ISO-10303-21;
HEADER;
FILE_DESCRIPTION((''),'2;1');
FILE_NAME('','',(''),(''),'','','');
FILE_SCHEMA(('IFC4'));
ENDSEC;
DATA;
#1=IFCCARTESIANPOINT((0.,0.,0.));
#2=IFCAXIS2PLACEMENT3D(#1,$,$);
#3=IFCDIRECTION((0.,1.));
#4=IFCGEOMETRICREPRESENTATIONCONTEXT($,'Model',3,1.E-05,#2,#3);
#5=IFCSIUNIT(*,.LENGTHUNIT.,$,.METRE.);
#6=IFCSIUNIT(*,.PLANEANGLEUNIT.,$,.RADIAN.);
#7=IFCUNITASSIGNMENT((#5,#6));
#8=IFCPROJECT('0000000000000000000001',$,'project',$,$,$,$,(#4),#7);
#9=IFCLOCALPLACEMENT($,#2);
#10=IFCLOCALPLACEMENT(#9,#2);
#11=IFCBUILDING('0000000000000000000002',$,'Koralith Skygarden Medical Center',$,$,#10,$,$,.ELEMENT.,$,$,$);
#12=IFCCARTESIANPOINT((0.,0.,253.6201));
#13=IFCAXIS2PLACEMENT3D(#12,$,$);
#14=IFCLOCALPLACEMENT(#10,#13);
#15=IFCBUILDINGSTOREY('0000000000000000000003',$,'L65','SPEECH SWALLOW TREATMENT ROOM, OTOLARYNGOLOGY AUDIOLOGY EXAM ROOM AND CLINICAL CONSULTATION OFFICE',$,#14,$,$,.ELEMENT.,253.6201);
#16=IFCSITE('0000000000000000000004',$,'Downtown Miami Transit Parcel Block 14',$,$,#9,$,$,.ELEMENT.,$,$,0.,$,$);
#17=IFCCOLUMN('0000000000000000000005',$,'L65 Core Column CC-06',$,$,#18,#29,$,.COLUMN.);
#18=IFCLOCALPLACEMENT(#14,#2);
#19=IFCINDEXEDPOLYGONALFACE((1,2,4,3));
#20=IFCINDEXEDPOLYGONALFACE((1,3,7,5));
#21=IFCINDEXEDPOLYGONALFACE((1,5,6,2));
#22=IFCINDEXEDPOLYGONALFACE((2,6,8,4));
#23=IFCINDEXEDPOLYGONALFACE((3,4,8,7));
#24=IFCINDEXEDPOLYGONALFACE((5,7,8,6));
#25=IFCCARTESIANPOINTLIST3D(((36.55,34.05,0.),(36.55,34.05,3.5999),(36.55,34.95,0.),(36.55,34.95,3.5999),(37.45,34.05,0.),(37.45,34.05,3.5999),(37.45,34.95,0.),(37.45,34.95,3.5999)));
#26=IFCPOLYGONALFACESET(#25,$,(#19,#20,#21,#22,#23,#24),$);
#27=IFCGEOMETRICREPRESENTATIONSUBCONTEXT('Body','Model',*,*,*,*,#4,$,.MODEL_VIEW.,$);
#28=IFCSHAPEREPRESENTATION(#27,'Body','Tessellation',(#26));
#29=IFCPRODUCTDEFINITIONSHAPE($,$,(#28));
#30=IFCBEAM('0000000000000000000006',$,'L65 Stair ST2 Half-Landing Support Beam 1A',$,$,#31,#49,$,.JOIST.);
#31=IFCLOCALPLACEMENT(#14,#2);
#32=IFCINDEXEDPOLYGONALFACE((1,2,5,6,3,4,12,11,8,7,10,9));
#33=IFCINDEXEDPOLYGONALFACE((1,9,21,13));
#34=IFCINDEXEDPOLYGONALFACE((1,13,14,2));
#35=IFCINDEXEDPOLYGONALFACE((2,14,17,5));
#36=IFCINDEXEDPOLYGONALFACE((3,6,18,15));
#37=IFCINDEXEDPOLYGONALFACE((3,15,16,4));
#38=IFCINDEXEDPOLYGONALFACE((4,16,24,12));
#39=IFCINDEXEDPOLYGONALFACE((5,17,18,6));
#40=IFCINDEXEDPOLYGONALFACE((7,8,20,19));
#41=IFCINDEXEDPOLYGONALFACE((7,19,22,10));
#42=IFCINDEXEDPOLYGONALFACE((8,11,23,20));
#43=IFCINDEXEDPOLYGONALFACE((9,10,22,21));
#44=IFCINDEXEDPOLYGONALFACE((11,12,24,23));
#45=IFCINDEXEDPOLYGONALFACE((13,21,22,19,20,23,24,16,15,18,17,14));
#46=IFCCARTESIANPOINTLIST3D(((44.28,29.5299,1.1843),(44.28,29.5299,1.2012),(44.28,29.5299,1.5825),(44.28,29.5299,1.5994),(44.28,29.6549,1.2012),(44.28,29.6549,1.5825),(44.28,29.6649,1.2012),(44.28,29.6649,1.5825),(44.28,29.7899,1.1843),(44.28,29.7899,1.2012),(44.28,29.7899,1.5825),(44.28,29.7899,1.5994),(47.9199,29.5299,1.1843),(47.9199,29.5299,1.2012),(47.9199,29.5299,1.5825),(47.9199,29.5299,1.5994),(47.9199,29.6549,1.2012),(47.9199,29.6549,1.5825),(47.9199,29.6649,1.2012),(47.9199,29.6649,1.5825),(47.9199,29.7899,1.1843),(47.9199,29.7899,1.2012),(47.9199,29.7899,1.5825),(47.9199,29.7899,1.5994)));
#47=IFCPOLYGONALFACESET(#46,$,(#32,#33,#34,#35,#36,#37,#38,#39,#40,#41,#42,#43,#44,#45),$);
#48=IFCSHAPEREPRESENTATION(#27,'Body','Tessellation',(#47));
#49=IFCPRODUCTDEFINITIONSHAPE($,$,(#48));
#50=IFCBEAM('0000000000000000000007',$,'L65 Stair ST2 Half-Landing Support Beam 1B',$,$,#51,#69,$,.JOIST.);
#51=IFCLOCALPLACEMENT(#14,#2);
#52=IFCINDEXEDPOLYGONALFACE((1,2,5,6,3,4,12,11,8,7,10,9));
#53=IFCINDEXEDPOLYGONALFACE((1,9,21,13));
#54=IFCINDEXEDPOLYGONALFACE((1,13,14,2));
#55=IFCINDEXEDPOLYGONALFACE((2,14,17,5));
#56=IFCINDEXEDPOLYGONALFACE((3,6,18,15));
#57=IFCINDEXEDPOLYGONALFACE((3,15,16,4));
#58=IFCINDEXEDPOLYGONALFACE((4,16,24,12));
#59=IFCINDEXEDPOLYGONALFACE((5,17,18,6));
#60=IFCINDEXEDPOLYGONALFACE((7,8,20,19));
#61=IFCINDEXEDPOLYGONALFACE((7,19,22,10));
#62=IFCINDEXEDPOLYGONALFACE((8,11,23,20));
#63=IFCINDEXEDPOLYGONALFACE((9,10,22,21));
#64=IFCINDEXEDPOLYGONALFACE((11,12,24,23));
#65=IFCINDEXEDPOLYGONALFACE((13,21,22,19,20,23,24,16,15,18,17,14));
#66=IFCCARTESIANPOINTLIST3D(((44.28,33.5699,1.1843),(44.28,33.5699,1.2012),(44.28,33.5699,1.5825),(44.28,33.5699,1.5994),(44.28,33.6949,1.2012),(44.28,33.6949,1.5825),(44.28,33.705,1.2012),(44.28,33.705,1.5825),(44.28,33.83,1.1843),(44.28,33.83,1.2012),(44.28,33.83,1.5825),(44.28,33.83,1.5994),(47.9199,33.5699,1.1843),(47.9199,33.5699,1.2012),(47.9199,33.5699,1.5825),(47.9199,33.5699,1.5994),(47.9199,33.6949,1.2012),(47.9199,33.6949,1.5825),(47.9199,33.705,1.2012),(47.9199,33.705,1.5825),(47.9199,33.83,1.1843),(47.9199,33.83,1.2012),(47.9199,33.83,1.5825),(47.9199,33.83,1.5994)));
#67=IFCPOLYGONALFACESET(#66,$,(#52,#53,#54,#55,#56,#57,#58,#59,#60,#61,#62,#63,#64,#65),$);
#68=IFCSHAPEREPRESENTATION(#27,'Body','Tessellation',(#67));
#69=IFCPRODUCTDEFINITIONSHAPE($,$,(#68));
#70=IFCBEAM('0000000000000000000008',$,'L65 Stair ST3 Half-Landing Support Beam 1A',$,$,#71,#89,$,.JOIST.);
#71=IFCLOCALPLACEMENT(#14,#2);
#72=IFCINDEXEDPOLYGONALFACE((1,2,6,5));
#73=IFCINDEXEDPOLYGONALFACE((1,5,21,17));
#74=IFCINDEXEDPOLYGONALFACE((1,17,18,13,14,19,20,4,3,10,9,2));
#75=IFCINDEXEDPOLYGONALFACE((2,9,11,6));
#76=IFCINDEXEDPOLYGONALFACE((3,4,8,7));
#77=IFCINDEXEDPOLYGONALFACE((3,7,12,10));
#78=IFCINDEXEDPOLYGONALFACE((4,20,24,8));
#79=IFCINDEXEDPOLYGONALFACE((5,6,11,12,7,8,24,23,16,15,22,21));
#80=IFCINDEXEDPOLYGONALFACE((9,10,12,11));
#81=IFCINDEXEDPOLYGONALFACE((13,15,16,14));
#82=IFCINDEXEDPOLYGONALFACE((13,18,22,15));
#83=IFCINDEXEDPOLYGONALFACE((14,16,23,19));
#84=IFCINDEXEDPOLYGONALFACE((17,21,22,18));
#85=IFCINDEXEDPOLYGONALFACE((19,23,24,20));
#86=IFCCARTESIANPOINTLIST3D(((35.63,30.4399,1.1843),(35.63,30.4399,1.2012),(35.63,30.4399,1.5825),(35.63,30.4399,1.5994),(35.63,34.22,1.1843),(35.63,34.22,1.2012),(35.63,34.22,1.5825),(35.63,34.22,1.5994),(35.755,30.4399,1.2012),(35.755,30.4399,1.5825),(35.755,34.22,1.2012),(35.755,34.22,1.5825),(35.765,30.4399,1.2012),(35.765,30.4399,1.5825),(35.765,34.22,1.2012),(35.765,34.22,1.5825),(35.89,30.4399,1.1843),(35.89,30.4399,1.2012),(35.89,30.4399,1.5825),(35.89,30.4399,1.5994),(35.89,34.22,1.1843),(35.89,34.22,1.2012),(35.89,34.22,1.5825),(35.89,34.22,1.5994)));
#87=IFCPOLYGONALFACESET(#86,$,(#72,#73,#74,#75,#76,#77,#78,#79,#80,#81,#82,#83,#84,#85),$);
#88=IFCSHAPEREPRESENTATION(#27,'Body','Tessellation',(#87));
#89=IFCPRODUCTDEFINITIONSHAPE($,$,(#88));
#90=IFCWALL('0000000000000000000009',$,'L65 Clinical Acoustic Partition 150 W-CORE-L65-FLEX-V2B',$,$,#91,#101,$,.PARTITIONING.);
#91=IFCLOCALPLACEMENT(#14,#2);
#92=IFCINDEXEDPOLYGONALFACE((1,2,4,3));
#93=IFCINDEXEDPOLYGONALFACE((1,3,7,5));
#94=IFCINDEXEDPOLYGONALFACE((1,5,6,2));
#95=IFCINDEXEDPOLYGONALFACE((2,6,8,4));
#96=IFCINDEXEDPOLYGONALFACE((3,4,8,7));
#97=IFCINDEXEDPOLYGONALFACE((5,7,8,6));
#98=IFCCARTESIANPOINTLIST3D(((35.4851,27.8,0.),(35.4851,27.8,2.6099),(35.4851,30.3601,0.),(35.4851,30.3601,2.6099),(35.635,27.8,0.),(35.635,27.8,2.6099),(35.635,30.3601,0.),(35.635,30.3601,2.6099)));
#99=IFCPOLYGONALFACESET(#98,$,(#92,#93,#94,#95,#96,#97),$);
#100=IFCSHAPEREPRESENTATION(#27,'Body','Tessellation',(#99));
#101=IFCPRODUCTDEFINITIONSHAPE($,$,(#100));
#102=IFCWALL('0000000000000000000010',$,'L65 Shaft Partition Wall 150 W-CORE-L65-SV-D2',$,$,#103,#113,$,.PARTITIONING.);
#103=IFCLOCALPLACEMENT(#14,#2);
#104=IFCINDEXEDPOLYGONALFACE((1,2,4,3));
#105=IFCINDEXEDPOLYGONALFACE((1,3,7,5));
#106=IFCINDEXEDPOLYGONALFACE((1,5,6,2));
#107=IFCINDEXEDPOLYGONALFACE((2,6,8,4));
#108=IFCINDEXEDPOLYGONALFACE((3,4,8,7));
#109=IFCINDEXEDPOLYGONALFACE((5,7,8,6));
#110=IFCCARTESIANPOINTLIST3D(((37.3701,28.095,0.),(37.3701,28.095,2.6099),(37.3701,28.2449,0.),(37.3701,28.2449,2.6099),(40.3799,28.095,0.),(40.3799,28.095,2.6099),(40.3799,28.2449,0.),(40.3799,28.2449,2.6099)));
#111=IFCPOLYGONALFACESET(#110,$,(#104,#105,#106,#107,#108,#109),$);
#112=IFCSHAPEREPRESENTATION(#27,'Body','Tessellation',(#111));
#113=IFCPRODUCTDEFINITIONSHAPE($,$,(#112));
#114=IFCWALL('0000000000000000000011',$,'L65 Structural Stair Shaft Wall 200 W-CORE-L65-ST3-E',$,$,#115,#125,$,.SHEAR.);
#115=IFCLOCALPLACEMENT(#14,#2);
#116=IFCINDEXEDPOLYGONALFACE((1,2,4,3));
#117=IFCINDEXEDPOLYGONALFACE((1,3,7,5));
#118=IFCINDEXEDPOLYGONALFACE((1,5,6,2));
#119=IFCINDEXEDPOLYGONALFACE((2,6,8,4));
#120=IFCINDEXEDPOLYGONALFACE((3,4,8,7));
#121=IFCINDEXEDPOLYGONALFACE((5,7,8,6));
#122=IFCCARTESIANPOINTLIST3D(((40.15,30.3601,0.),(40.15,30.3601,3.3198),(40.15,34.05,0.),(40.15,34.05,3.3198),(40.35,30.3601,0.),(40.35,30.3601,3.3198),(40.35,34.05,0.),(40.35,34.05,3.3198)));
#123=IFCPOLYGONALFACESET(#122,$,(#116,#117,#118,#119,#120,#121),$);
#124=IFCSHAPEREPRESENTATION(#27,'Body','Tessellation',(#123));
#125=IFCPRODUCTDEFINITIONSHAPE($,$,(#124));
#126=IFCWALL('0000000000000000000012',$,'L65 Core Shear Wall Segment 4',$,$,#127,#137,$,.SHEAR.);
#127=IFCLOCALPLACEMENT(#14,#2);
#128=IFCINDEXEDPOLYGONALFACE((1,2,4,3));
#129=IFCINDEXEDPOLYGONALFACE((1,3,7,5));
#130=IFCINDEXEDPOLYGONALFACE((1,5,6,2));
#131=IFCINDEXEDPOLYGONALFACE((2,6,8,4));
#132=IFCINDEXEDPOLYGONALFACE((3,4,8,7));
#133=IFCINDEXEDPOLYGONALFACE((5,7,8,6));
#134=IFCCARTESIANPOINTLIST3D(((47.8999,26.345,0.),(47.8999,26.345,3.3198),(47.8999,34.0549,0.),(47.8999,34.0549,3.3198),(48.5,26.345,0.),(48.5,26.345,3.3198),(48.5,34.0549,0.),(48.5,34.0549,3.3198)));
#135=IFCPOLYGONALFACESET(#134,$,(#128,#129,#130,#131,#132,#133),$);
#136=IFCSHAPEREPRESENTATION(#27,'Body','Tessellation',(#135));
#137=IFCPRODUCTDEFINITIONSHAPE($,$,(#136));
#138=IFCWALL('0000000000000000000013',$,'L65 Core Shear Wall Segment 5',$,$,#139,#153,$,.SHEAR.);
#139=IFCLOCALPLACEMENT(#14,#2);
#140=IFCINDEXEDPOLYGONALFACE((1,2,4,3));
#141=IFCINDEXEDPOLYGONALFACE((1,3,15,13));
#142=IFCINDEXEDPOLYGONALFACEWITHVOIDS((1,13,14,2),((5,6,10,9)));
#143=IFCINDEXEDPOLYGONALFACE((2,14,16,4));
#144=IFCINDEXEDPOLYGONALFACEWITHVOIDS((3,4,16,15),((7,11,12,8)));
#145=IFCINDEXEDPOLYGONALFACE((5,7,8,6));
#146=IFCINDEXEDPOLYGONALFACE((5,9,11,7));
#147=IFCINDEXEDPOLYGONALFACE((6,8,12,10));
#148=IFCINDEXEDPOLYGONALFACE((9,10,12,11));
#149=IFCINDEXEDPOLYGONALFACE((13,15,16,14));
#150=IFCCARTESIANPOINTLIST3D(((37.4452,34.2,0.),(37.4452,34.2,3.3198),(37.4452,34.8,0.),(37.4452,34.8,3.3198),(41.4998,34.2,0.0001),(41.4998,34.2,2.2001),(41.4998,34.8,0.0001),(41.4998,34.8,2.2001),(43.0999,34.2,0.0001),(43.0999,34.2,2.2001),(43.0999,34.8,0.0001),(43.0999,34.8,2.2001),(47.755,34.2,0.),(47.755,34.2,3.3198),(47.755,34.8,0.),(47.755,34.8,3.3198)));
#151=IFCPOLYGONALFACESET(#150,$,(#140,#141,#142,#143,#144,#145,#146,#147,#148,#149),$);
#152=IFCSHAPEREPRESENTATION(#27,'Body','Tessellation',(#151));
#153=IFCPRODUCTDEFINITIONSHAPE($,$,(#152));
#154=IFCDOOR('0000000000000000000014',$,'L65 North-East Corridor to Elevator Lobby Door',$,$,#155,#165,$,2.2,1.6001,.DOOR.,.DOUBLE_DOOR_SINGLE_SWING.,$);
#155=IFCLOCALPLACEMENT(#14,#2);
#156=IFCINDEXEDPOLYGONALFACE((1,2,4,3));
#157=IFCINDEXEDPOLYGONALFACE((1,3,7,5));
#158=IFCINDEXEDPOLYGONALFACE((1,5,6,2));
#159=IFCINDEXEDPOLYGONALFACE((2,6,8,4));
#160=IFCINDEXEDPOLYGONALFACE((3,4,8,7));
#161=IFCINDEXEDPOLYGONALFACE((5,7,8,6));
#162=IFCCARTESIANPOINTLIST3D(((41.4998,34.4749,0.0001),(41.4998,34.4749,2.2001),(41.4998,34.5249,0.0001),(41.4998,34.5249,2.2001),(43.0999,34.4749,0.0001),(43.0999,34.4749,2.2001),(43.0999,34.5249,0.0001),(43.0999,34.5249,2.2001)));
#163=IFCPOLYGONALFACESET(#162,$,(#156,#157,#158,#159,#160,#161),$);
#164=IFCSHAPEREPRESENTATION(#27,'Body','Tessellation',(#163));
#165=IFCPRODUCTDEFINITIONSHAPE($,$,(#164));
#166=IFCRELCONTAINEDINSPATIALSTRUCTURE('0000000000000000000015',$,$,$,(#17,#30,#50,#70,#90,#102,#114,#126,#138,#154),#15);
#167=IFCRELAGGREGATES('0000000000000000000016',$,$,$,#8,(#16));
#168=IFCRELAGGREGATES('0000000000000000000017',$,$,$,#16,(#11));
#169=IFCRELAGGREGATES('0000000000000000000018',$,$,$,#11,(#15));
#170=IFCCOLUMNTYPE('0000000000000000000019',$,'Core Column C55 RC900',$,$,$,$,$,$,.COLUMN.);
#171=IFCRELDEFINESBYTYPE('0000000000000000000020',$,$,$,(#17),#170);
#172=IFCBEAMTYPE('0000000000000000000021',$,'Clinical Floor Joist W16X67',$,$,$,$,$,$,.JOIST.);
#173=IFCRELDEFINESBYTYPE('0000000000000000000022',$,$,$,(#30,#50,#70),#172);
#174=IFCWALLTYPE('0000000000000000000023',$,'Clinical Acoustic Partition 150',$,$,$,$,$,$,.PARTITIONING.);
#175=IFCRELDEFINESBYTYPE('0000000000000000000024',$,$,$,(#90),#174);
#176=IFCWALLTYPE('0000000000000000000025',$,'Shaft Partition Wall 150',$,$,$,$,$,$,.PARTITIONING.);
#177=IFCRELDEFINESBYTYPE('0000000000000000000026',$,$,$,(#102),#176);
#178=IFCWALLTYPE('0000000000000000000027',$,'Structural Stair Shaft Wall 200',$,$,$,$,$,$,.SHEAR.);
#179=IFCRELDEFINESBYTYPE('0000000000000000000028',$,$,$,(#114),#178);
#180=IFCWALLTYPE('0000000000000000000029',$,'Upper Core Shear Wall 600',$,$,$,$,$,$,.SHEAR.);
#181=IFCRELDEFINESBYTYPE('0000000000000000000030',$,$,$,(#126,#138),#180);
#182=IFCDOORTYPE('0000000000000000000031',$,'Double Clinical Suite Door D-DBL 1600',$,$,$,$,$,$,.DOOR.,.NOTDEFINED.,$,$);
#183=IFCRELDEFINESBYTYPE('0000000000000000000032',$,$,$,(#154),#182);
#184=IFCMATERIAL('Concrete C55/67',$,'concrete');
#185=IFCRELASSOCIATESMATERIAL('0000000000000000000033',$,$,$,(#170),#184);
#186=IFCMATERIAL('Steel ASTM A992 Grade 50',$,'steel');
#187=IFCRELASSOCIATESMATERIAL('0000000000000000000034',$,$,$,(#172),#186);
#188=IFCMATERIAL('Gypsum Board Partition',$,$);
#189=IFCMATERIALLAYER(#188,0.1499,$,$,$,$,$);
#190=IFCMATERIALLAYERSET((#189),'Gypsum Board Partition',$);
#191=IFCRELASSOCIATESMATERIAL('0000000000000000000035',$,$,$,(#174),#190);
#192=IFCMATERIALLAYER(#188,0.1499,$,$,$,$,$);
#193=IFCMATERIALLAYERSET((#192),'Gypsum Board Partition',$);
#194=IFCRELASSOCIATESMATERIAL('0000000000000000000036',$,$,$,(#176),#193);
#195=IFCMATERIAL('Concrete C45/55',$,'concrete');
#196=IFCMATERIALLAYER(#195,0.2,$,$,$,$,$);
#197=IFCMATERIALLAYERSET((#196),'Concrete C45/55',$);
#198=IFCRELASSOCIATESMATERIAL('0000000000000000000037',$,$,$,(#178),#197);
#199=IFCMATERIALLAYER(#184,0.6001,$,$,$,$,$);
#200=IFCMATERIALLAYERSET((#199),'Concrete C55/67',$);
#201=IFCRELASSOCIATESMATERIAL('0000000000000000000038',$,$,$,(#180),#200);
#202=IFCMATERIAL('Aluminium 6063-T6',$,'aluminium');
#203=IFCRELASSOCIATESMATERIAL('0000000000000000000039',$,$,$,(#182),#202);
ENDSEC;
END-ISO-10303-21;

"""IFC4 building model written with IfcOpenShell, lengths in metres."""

from ifc_helpers import new_model, si_unit, direction, frame, frame_2d, origin, origin_2d, place, context, subcontext, project, spatial, rectangle, i_section, extrude, material, layer, layer_set, material_profile, profile_set, type_object, element, fill, save


model = new_model("IFC4")

# Units and contexts
model_context = context("Model", 3, precision=1e-05, world=origin(), true_north=direction((0.0, 1.0)))
body_context = subcontext(model_context, "Body", "Model", "MODEL_VIEW")
ifc_project = project(units=[si_unit("LENGTHUNIT", "METRE"), si_unit("PLANEANGLEUNIT", "RADIAN")], contexts=[model_context])

# Site, building, storey
site_placement = place(None, origin())
site = spatial("IfcSite", under=ifc_project, at=site_placement, Name="Downtown Miami Transit Parcel Block 14", CompositionType="ELEMENT", RefElevation=0.0)
building_placement = place(site_placement, origin())
building = spatial("IfcBuilding", under=site, at=building_placement, Name="Koralith Skygarden Medical Center", CompositionType="ELEMENT")
storey_placement = place(building_placement, frame((0.0, 0.0, 253.6201)))
storey = spatial("IfcBuildingStorey", under=building, at=storey_placement, Name="L65", Description="SPEECH SWALLOW TREATMENT ROOM, OTOLARYNGOLOGY AUDIOLOGY EXAM ROOM AND CLINICAL CONSULTATION OFFICE", CompositionType="ELEMENT", Elevation=253.6201)

# Column
ifc_material_1 = material(Name="Concrete C55/67", Category="concrete")
ifc_material_profile_1 = material_profile(ifc_material_1, rectangle(XDim=0.8999, YDim=0.8999, at=origin_2d()), Name="RC900X900")
ifc_profile_set_1 = profile_set([ifc_material_profile_1], Name="Concrete C55/67")
column_type = type_object("IfcColumnType", Name="Core Column C55 RC900", PredefinedType="COLUMN", material=ifc_profile_set_1)
column_placement = place(storey_placement, frame((37.0, 34.5, 0.0), z_axis=(0.0, 0.0, 1.0), x_axis=(1.0, 0.0, 0.0)))
element("IfcColumn", 1, at=column_placement, inside=storey, type_object=column_type, Name="L65 Core Column CC-06", PredefinedType="COLUMN", context=body_context, shape_type="SweptSolid", body=[
    extrude(rectangle(XDim=0.8999, YDim=0.8999, at=origin_2d()), origin(), (0.0, 0.0, 1.0), 3.5999),
])

# Beams
ifc_material_2 = material(Name="Steel ASTM A992 Grade 50", Category="steel")
ifc_material_profile_2 = material_profile(ifc_material_2, i_section(OverallWidth=0.26, OverallDepth=0.415, WebThickness=0.01, FlangeThickness=0.0168, at=origin_2d()), Name="W16X67")
ifc_profile_set_2 = profile_set([ifc_material_profile_2], Name="Steel ASTM A992 Grade 50")
beam_type = type_object("IfcBeamType", Name="Clinical Floor Joist W16X67", PredefinedType="JOIST", material=ifc_profile_set_2)
for number, where, z_axis, x_axis, name in (
    (2, (44.28, 29.6599, 1.3918), (1.0, 0.0, 0.0), (0.0, 1.0, 0.0), "L65 Stair ST2 Half-Landing Support Beam 1A"),
    (3, (44.28, 33.7, 1.3918), (1.0, 0.0, 0.0), (0.0, 1.0, 0.0), "L65 Stair ST2 Half-Landing Support Beam 1B"),
):
    element("IfcBeam", number, at=place(storey_placement, frame(where, z_axis=z_axis, x_axis=x_axis)), inside=storey, type_object=beam_type, Name=name, PredefinedType="JOIST", context=body_context, shape_type="SweptSolid", body=[
        extrude(i_section(OverallWidth=0.26, OverallDepth=0.415, WebThickness=0.01, FlangeThickness=0.0168, at=origin_2d()), origin(), (0.0, 0.0, 1.0), 3.6399),
    ])
beam_placement = place(storey_placement, frame((35.76, 30.4399, 1.3918), z_axis=(0.0, 1.0, 0.0), x_axis=(-1.0, 0.0, 0.0)))
element("IfcBeam", 4, at=beam_placement, inside=storey, type_object=beam_type, Name="L65 Stair ST3 Half-Landing Support Beam 1A", PredefinedType="JOIST", context=body_context, shape_type="SweptSolid", body=[
    extrude(i_section(OverallWidth=0.26, OverallDepth=0.415, WebThickness=0.01, FlangeThickness=0.0168, at=origin_2d()), origin(), (0.0, 0.0, 1.0), 3.78),
])

# Walls
ifc_material_3 = material(Name="Gypsum Board Partition")
ifc_layer_1 = layer(ifc_material_3, 0.1499)
ifc_layer_set_1 = layer_set([ifc_layer_1], Name="Gypsum Board Partition")
wall_type_1 = type_object("IfcWallType", Name="Clinical Acoustic Partition 150", PredefinedType="PARTITIONING", material=ifc_layer_set_1)
wall_1_placement = place(storey_placement, frame((35.5601, 27.8, 0.0), z_axis=(0.0, 0.0, 1.0), x_axis=(0.0, 1.0, 0.0)))
element("IfcWall", 5, at=wall_1_placement, inside=storey, type_object=wall_type_1, Name="L65 Clinical Acoustic Partition 150 W-CORE-L65-FLEX-V2B", PredefinedType="PARTITIONING", context=body_context, shape_type="SweptSolid", body=[
    extrude(rectangle(XDim=2.5601, YDim=0.1499, at=frame_2d((1.28, 0.0))), origin(), (0.0, 0.0, 1.0), 2.6099),
])
ifc_layer_2 = layer(ifc_material_3, 0.1499)
ifc_layer_set_2 = layer_set([ifc_layer_2], Name="Gypsum Board Partition")
wall_type_2 = type_object("IfcWallType", Name="Shaft Partition Wall 150", PredefinedType="PARTITIONING", material=ifc_layer_set_2)
wall_2_placement = place(storey_placement, frame((37.3701, 28.1699, 0.0), z_axis=(0.0, 0.0, 1.0), x_axis=(1.0, 0.0, 0.0)))
element("IfcWall", 6, at=wall_2_placement, inside=storey, type_object=wall_type_2, Name="L65 Shaft Partition Wall 150 W-CORE-L65-SV-D2", PredefinedType="PARTITIONING", context=body_context, shape_type="SweptSolid", body=[
    extrude(rectangle(XDim=3.0098, YDim=0.1499, at=frame_2d((1.5049, 0.0))), origin(), (0.0, 0.0, 1.0), 2.6099),
])
ifc_material_4 = material(Name="Concrete C45/55", Category="concrete")
ifc_layer_3 = layer(ifc_material_4, 0.2)
ifc_layer_set_3 = layer_set([ifc_layer_3], Name="Concrete C45/55")
wall_type_3 = type_object("IfcWallType", Name="Structural Stair Shaft Wall 200", PredefinedType="SHEAR", material=ifc_layer_set_3)
wall_3_placement = place(storey_placement, frame((40.25, 30.3601, 0.0), z_axis=(0.0, 0.0, 1.0), x_axis=(0.0, 1.0, 0.0)))
element("IfcWall", 7, at=wall_3_placement, inside=storey, type_object=wall_type_3, Name="L65 Structural Stair Shaft Wall 200 W-CORE-L65-ST3-E", PredefinedType="SHEAR", context=body_context, shape_type="SweptSolid", body=[
    extrude(rectangle(XDim=3.6899, YDim=0.2, at=frame_2d((1.845, 0.0))), origin(), (0.0, 0.0, 1.0), 3.3198),
])
ifc_layer_4 = layer(ifc_material_1, 0.6001)
ifc_layer_set_4 = layer_set([ifc_layer_4], Name="Concrete C55/67")
wall_type_4 = type_object("IfcWallType", Name="Upper Core Shear Wall 600", PredefinedType="SHEAR", material=ifc_layer_set_4)
wall_4_placement = place(storey_placement, frame((48.2, 26.345, 0.0), z_axis=(0.0, 0.0, 1.0), x_axis=(0.0, 1.0, 0.0)))
element("IfcWall", 8, at=wall_4_placement, inside=storey, type_object=wall_type_4, Name="L65 Core Shear Wall Segment 4", PredefinedType="SHEAR", context=body_context, shape_type="SweptSolid", body=[
    extrude(rectangle(XDim=7.71, YDim=0.6001, at=frame_2d((3.855, 0.0))), origin(), (0.0, 0.0, 1.0), 3.3198),
])

# Wall, opening, door
wall_5_placement = place(storey_placement, frame((47.7549, 34.5, 0.0), z_axis=(0.0, 0.0, 1.0), x_axis=(-1.0, 0.0, 0.0)))
wall_5 = element("IfcWall", 9, at=wall_5_placement, inside=storey, type_object=wall_type_4, Name="L65 Core Shear Wall Segment 5", PredefinedType="SHEAR", context=body_context, shape_type="SweptSolid", body=[
    extrude(rectangle(XDim=10.3098, YDim=0.6001, at=frame_2d((5.1548, 0.0))), origin(), (0.0, 0.0, 1.0), 3.3198),
])
opening_1_placement = place(wall_5_placement, frame((4.655, 0.0, 0.0)))
opening_1 = element("IfcOpeningElement", 10, at=opening_1_placement, cuts=wall_5, PredefinedType="OPENING", context=body_context, shape_type="SweptSolid", body=[
    extrude(rectangle(XDim=1.6001, YDim=2.2, at=frame_2d((0.8, 1.1001))), frame((0.0, 0.3101, 0.0), z_axis=(0.0, -1.0, 0.0), x_axis=(1.0, 0.0, 0.0)), (0.0, 0.0, 1.0), 0.6201),
])
ifc_material_5 = material(Name="Aluminium 6063-T6", Category="aluminium")
door_type_1 = type_object("IfcDoorType", Name="Double Clinical Suite Door D-DBL 1600", OperationType="NOTDEFINED", PredefinedType="DOOR", material=ifc_material_5)
door_1_placement = place(opening_1_placement, frame((1.6001, 0.0, 0.0), z_axis=(0.0, 0.0, 1.0), x_axis=(-1.0, 0.0, 0.0)))
door_1 = element("IfcDoor", 11, at=door_1_placement, inside=storey, type_object=door_type_1, Name="L65 North-East Corridor to Elevator Lobby Door", OperationType="DOUBLE_DOOR_SINGLE_SWING", OverallHeight=2.2, OverallWidth=1.6001, PredefinedType="DOOR", context=body_context, shape_type="SweptSolid", body=[
    extrude(rectangle(XDim=1.6001, YDim=2.2, at=frame_2d((0.8, 1.1001))), frame((0.0, 0.0249, 0.0), z_axis=(0.0, -1.0, 0.0), x_axis=(1.0, 0.0, 0.0)), (0.0, 0.0, 1.0), 0.05),
])
fill(opening_1, door_1)

save(model, "model.ifc")
